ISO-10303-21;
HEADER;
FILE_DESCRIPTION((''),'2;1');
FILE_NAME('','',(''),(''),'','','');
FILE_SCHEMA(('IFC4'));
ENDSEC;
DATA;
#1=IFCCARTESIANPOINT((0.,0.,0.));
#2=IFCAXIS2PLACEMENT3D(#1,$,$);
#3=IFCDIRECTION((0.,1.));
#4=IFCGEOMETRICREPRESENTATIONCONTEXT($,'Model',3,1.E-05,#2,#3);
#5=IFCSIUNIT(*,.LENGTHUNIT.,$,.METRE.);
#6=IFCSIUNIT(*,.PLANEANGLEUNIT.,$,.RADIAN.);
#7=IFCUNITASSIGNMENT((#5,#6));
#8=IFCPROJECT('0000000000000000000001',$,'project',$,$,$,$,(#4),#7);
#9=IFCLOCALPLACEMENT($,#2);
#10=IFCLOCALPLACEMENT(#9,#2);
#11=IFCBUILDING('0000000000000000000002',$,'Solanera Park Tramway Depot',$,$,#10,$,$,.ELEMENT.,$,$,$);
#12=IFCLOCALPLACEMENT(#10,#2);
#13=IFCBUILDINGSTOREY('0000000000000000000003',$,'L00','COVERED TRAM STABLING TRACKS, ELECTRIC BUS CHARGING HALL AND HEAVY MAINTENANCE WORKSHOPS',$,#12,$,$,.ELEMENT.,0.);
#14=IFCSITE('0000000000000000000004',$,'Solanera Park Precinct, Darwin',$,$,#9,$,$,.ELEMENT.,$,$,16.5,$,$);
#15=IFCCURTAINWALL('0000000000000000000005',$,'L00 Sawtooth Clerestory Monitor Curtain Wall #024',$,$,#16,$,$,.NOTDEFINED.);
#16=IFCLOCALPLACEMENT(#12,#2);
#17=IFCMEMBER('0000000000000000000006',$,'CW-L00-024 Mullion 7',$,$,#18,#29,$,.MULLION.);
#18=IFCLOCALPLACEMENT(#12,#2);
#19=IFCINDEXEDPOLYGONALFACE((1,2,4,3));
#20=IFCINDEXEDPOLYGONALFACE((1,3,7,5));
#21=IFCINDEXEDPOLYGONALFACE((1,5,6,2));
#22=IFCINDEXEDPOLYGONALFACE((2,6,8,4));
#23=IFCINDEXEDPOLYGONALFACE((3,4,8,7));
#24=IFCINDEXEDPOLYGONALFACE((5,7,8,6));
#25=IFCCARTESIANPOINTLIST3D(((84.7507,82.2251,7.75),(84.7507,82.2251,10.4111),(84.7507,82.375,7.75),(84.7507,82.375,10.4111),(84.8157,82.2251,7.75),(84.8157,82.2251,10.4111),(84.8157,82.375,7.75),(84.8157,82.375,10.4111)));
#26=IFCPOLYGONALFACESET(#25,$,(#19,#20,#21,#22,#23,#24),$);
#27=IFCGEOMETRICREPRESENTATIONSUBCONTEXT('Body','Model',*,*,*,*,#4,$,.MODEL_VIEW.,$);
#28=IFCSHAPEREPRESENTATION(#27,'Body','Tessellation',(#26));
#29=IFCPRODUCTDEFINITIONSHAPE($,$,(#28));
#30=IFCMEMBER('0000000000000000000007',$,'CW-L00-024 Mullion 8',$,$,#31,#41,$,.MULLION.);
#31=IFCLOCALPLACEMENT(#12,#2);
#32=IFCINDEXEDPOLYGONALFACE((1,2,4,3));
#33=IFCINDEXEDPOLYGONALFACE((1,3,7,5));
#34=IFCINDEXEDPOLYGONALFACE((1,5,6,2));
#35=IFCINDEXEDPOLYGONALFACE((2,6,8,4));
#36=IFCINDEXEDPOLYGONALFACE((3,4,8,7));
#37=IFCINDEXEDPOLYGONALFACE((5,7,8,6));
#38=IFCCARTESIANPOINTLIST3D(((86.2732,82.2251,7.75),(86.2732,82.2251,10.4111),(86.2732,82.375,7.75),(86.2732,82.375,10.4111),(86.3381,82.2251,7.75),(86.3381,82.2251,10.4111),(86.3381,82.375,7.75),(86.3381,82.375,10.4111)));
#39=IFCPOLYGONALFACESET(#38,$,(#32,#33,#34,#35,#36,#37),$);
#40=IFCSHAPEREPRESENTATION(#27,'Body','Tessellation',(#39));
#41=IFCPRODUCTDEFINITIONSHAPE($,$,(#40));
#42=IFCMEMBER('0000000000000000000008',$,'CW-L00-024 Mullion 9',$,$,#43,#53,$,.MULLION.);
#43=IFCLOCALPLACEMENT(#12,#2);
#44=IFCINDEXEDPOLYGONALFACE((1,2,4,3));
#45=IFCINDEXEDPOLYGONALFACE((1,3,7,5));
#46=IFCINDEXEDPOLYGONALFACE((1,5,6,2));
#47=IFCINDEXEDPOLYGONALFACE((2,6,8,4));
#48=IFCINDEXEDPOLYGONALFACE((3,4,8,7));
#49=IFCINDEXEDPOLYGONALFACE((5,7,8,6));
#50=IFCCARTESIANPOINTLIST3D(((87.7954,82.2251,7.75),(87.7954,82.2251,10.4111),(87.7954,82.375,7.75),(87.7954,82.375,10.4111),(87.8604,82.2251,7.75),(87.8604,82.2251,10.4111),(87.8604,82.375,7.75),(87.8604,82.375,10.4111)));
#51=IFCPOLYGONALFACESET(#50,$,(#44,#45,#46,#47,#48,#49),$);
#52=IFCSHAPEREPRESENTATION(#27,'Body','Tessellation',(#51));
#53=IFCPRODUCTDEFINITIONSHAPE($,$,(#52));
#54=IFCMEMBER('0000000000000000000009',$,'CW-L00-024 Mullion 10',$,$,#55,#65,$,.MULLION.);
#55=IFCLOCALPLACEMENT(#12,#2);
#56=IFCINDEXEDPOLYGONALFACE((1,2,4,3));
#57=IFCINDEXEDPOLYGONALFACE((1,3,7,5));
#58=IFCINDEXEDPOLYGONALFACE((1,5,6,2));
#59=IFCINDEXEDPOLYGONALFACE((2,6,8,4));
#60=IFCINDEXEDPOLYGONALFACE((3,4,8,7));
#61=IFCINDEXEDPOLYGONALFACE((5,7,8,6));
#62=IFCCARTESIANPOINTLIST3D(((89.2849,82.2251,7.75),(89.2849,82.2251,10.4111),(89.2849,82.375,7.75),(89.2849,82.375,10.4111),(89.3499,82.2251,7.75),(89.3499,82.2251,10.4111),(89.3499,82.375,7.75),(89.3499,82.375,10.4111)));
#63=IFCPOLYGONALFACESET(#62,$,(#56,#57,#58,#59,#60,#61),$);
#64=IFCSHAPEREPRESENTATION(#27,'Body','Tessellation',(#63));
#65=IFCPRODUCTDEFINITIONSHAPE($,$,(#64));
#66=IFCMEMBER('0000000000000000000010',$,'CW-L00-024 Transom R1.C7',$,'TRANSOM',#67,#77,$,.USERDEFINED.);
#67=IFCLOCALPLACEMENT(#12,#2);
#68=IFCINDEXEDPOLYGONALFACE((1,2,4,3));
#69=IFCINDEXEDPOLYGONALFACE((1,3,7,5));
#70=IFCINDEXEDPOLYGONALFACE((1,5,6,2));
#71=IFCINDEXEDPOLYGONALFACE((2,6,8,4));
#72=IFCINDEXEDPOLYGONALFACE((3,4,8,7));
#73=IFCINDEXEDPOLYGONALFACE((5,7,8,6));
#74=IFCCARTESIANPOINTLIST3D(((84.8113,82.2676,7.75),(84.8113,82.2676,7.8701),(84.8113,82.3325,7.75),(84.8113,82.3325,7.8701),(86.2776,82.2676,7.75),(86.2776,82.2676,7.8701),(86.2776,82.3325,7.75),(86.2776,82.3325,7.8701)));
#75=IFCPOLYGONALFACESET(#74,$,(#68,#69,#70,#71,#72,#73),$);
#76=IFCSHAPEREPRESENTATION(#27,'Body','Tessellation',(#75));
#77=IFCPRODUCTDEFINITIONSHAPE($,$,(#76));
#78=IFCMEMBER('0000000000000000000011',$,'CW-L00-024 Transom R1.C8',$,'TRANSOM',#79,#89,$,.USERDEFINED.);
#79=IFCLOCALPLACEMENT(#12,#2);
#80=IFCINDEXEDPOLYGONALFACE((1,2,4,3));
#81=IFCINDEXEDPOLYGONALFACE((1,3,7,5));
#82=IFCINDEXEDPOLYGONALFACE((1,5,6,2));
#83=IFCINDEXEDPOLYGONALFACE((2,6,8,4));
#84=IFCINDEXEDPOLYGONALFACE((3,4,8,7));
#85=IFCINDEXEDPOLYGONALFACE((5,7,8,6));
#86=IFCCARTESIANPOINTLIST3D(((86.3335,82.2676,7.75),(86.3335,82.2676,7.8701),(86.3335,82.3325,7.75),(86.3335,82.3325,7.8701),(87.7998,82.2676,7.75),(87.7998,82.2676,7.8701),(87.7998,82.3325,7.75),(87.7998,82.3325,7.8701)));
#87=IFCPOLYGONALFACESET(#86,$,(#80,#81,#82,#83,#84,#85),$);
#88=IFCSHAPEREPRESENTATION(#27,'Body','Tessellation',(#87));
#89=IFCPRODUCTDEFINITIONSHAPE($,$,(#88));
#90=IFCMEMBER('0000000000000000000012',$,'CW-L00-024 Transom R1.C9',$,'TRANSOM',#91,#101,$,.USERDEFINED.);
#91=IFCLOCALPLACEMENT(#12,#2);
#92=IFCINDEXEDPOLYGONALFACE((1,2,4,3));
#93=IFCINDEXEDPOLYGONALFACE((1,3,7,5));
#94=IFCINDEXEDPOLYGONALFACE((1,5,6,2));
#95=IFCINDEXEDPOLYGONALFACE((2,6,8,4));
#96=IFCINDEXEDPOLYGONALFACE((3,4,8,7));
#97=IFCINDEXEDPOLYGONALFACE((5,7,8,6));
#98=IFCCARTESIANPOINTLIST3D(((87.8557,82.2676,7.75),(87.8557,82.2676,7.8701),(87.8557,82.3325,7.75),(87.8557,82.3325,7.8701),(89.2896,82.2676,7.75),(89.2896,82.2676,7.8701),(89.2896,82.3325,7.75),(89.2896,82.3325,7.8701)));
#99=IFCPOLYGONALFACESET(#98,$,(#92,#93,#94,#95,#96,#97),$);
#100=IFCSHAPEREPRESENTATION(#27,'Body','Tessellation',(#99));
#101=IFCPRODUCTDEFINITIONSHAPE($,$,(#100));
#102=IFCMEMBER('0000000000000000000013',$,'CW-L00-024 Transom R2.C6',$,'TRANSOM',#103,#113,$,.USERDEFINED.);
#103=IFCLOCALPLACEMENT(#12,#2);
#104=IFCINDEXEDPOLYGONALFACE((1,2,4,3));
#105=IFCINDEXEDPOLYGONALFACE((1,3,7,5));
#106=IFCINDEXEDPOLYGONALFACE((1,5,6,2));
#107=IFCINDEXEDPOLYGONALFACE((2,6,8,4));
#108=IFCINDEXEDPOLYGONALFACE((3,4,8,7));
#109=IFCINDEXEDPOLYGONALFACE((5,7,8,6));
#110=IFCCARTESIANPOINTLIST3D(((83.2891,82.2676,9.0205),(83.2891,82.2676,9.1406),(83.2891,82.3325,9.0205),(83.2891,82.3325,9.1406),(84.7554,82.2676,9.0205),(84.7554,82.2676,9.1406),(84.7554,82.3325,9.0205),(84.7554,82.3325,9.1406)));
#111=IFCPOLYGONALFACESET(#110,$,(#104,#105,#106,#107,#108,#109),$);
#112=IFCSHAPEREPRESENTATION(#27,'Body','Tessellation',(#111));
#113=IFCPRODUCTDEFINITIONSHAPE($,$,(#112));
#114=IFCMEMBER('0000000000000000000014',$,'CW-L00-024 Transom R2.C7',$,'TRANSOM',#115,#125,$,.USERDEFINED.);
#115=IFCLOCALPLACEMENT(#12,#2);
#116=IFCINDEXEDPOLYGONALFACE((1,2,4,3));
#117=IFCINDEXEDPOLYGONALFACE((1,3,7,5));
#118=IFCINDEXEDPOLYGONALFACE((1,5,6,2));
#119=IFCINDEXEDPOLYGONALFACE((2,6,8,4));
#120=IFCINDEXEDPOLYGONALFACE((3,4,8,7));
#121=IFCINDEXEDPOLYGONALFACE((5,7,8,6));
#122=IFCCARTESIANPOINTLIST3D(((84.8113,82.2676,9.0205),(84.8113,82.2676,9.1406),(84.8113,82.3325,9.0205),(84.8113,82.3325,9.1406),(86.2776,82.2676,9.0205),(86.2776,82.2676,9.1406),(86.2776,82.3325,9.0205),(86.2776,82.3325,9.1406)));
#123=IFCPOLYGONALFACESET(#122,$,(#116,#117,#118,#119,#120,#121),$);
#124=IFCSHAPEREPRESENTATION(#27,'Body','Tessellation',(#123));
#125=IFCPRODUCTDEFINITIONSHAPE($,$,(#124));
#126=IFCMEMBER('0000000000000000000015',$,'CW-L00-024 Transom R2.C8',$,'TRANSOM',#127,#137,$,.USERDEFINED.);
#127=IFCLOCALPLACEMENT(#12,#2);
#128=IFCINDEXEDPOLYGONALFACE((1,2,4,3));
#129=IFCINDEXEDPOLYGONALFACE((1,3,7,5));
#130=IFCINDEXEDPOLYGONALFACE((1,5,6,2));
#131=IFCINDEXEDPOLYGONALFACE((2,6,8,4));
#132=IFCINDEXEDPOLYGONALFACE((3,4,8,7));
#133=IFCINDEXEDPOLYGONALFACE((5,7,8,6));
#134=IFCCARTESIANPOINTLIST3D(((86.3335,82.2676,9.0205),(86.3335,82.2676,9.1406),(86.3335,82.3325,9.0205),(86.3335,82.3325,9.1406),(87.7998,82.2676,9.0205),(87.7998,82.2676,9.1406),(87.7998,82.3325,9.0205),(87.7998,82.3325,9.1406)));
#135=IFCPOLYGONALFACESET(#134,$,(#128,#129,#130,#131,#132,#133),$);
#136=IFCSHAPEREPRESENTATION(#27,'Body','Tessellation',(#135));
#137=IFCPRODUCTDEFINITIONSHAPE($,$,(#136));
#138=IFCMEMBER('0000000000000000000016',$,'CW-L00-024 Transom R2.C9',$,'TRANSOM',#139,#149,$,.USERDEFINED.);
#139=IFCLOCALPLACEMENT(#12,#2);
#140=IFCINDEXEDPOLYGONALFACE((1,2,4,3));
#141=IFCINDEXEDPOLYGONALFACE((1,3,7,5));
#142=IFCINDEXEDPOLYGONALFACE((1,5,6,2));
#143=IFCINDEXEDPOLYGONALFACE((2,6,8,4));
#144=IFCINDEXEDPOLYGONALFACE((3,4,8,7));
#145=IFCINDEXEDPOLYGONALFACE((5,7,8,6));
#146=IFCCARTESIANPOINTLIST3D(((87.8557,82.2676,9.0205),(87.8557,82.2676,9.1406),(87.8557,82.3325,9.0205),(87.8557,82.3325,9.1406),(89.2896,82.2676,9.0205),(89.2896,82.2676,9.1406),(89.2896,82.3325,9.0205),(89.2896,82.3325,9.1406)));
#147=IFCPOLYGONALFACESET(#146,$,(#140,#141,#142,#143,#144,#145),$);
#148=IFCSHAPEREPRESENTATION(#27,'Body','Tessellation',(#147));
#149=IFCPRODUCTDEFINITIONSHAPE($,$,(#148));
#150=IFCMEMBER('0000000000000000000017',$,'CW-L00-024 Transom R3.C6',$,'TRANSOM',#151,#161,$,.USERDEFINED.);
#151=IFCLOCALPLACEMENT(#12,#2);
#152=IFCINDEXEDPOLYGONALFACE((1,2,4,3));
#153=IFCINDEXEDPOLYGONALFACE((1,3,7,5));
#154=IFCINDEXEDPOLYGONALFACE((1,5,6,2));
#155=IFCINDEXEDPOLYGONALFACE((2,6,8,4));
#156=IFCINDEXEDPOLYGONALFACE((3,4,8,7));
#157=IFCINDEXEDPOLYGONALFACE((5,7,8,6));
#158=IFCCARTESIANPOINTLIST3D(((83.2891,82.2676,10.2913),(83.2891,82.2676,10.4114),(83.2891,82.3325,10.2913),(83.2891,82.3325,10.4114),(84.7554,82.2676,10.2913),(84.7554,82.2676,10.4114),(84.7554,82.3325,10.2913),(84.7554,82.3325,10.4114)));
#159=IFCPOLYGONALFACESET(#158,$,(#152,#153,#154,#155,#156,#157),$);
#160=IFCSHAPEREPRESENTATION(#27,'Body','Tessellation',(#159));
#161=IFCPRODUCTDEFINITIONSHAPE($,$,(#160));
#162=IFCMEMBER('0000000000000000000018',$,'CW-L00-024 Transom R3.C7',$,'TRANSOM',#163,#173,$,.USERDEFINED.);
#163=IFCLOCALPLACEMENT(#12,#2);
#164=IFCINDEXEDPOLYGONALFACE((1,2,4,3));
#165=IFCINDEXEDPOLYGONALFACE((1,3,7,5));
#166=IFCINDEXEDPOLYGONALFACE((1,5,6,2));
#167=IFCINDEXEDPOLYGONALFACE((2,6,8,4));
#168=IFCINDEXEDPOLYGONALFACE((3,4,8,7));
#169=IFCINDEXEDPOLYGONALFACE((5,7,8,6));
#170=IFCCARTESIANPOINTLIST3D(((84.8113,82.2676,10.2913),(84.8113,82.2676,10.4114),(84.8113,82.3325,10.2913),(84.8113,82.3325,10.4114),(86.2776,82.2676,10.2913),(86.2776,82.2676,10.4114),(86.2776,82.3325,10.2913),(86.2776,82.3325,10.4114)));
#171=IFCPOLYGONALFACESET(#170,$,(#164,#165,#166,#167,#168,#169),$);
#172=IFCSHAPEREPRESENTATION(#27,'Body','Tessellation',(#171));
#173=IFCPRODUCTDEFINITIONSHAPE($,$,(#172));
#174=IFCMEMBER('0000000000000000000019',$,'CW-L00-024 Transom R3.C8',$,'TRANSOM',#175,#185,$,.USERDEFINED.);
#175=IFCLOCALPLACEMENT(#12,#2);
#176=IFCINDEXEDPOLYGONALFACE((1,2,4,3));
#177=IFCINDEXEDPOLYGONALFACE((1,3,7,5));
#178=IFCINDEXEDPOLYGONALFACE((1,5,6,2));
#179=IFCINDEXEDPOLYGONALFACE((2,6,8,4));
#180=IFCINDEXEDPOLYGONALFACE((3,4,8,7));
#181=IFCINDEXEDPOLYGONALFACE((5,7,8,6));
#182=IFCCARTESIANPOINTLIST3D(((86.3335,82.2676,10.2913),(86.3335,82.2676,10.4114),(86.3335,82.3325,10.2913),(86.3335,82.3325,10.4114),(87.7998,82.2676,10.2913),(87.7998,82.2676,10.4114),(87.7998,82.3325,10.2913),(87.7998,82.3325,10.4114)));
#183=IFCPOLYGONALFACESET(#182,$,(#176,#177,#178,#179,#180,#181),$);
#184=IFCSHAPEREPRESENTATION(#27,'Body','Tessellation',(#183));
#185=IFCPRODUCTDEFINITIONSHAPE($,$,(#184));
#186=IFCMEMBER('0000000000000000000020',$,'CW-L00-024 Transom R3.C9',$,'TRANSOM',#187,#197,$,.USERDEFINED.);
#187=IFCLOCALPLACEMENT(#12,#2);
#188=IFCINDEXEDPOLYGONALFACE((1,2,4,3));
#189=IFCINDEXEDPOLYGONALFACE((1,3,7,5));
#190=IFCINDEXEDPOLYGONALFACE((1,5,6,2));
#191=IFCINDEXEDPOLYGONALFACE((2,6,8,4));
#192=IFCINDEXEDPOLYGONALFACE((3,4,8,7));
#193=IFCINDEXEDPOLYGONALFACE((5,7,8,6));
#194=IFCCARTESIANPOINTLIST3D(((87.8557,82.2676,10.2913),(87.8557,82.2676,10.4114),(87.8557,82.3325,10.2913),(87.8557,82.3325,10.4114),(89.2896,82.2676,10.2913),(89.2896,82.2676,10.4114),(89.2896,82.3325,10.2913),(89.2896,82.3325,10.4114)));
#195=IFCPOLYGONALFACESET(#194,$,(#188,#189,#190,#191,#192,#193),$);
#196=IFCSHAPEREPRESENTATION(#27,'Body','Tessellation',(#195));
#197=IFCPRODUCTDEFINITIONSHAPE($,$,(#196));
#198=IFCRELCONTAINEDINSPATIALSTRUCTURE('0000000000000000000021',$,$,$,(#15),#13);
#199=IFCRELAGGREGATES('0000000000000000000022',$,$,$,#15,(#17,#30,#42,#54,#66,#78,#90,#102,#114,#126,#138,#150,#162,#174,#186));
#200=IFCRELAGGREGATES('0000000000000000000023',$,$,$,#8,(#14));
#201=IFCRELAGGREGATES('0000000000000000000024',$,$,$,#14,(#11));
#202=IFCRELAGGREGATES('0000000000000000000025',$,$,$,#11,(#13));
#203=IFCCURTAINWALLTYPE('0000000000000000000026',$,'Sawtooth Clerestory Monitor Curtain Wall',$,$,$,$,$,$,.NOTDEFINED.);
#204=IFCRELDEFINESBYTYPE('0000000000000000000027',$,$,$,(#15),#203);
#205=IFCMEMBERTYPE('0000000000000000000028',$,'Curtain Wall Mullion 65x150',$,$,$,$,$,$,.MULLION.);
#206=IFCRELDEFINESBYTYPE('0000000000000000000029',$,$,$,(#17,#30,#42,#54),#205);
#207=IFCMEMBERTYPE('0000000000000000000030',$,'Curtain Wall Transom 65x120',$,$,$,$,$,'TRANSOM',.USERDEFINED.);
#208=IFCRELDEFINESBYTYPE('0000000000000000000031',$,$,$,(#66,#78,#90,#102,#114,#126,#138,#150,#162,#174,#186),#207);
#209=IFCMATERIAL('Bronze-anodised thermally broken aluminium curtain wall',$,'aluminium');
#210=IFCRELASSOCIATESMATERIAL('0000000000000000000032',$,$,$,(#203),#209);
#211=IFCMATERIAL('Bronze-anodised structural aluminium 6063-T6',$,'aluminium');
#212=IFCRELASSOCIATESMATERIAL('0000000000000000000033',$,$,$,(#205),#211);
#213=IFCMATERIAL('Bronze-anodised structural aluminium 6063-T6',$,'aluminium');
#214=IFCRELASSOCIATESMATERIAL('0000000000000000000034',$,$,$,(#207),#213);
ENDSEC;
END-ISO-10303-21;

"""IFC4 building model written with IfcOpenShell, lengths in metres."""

from ifc_helpers import new_model, si_unit, direction, frame, origin, origin_2d, place, context, subcontext, project, spatial, rectangle, extrude, material, material_profile, profile_set, type_object, element, aggregate, save


model = new_model("IFC4")

# Units and contexts
model_context = context("Model", 3, precision=1e-05, world=origin(), true_north=direction((0.0, 1.0)))
body_context = subcontext(model_context, "Body", "Model", "MODEL_VIEW")
ifc_project = project(units=[si_unit("LENGTHUNIT", "METRE"), si_unit("PLANEANGLEUNIT", "RADIAN")], contexts=[model_context])

# Site, building, storey
site_placement = place(None, origin())
site = spatial("IfcSite", under=ifc_project, at=site_placement, Name="Solanera Park Precinct, Darwin", CompositionType="ELEMENT", RefElevation=16.5)
building_placement = place(site_placement, origin())
building = spatial("IfcBuilding", under=site, at=building_placement, Name="Solanera Park Tramway Depot", CompositionType="ELEMENT")
storey_placement = place(building_placement, origin())
storey = spatial("IfcBuildingStorey", under=building, at=storey_placement, Name="L00", Description="COVERED TRAM STABLING TRACKS, ELECTRIC BUS CHARGING HALL AND HEAVY MAINTENANCE WORKSHOPS", CompositionType="ELEMENT", Elevation=0.0)

# Curtain wall, members
ifc_material_1 = material(Name="Bronze-anodised thermally broken aluminium curtain wall", Category="aluminium")
curtain_wall_type = type_object("IfcCurtainWallType", Name="Sawtooth Clerestory Monitor Curtain Wall", PredefinedType="NOTDEFINED", material=ifc_material_1)
curtain_wall_placement = place(storey_placement, origin())
curtain_wall = element("IfcCurtainWall", 1, at=curtain_wall_placement, inside=storey, type_object=curtain_wall_type, Name="L00 Sawtooth Clerestory Monitor Curtain Wall #024", PredefinedType="NOTDEFINED")
ifc_material_2 = material(Name="Bronze-anodised structural aluminium 6063-T6", Category="aluminium")
ifc_material_profile_1 = material_profile(ifc_material_2, rectangle(XDim=0.0649, YDim=0.1499, at=origin_2d()), Name="Curtain Wall Mullion 65x150")
ifc_profile_set_1 = profile_set([ifc_material_profile_1], Name="Bronze-anodised structural aluminium 6063-T6")
member_type_1 = type_object("IfcMemberType", Name="Curtain Wall Mullion 65x150", PredefinedType="MULLION", material=ifc_profile_set_1)
member_1_placement = place(storey_placement, frame((84.7832, 82.3, 7.75), z_axis=(0.0, 0.0, 1.0), x_axis=(1.0, 0.0, 0.0)))
member_1 = element("IfcMember", 2, at=member_1_placement, type_object=member_type_1, Name="CW-L00-024 Mullion 7", PredefinedType="MULLION", context=body_context, shape_type="SweptSolid", body=[
    extrude(rectangle(XDim=0.0649, YDim=0.1499, at=origin_2d()), origin(), (0.0, 0.0, 1.0), 2.6611),
])
member_2_placement = place(storey_placement, frame((86.3057, 82.3, 7.75), z_axis=(0.0, 0.0, 1.0), x_axis=(1.0, 0.0, 0.0)))
member_2 = element("IfcMember", 3, at=member_2_placement, type_object=member_type_1, Name="CW-L00-024 Mullion 8", PredefinedType="MULLION", context=body_context, shape_type="SweptSolid", body=[
    extrude(rectangle(XDim=0.0649, YDim=0.1499, at=origin_2d()), origin(), (0.0, 0.0, 1.0), 2.6611),
])
member_3_placement = place(storey_placement, frame((87.8279, 82.3, 7.75), z_axis=(0.0, 0.0, 1.0), x_axis=(1.0, 0.0, 0.0)))
member_3 = element("IfcMember", 4, at=member_3_placement, type_object=member_type_1, Name="CW-L00-024 Mullion 9", PredefinedType="MULLION", context=body_context, shape_type="SweptSolid", body=[
    extrude(rectangle(XDim=0.0649, YDim=0.1499, at=origin_2d()), origin(), (0.0, 0.0, 1.0), 2.6611),
])
member_4_placement = place(storey_placement, frame((89.3174, 82.3, 7.75), z_axis=(0.0, 0.0, 1.0), x_axis=(1.0, 0.0, 0.0)))
member_4 = element("IfcMember", 5, at=member_4_placement, type_object=member_type_1, Name="CW-L00-024 Mullion 10", PredefinedType="MULLION", context=body_context, shape_type="SweptSolid", body=[
    extrude(rectangle(XDim=0.0649, YDim=0.1499, at=origin_2d()), origin(), (0.0, 0.0, 1.0), 2.6611),
])
ifc_material_3 = material(Name="Bronze-anodised structural aluminium 6063-T6", Category="aluminium")
ifc_material_profile_2 = material_profile(ifc_material_3, rectangle(XDim=0.0649, YDim=0.1201, at=origin_2d()), Name="Curtain Wall Transom 65x120")
ifc_profile_set_2 = profile_set([ifc_material_profile_2], Name="Bronze-anodised structural aluminium 6063-T6")
member_type_2 = type_object("IfcMemberType", Name="Curtain Wall Transom 65x120", ElementType="TRANSOM", PredefinedType="USERDEFINED", material=ifc_profile_set_2)
member_5_placement = place(storey_placement, frame((84.8113, 82.3, 7.8101), z_axis=(1.0, 0.0, 0.0), x_axis=(0.0, 1.0, 0.0)))
member_5 = element("IfcMember", 6, at=member_5_placement, type_object=member_type_2, Name="CW-L00-024 Transom R1.C7", ObjectType="TRANSOM", PredefinedType="USERDEFINED", context=body_context, shape_type="SweptSolid", body=[
    extrude(rectangle(XDim=0.0649, YDim=0.1201, at=origin_2d()), origin(), (0.0, 0.0, 1.0), 1.4663),
])
member_6_placement = place(storey_placement, frame((86.3335, 82.3, 7.8101), z_axis=(1.0, 0.0, 0.0), x_axis=(0.0, 1.0, 0.0)))
member_6 = element("IfcMember", 7, at=member_6_placement, type_object=member_type_2, Name="CW-L00-024 Transom R1.C8", ObjectType="TRANSOM", PredefinedType="USERDEFINED", context=body_context, shape_type="SweptSolid", body=[
    extrude(rectangle(XDim=0.0649, YDim=0.1201, at=origin_2d()), origin(), (0.0, 0.0, 1.0), 1.4663),
])
member_7_placement = place(storey_placement, frame((87.8557, 82.3, 7.8101), z_axis=(1.0, 0.0, 0.0), x_axis=(0.0, 1.0, 0.0)))
member_7 = element("IfcMember", 8, at=member_7_placement, type_object=member_type_2, Name="CW-L00-024 Transom R1.C9", ObjectType="TRANSOM", PredefinedType="USERDEFINED", context=body_context, shape_type="SweptSolid", body=[
    extrude(rectangle(XDim=0.0649, YDim=0.1201, at=origin_2d()), origin(), (0.0, 0.0, 1.0), 1.4338),
])
member_8_placement = place(storey_placement, frame((83.2891, 82.3, 9.0806), z_axis=(1.0, 0.0, 0.0), x_axis=(0.0, 1.0, 0.0)))
member_8 = element("IfcMember", 9, at=member_8_placement, type_object=member_type_2, Name="CW-L00-024 Transom R2.C6", ObjectType="TRANSOM", PredefinedType="USERDEFINED", context=body_context, shape_type="SweptSolid", body=[
    extrude(rectangle(XDim=0.0649, YDim=0.1201, at=origin_2d()), origin(), (0.0, 0.0, 1.0), 1.4663),
])
member_9_placement = place(storey_placement, frame((84.8113, 82.3, 9.0806), z_axis=(1.0, 0.0, 0.0), x_axis=(0.0, 1.0, 0.0)))
member_9 = element("IfcMember", 10, at=member_9_placement, type_object=member_type_2, Name="CW-L00-024 Transom R2.C7", ObjectType="TRANSOM", PredefinedType="USERDEFINED", context=body_context, shape_type="SweptSolid", body=[
    extrude(rectangle(XDim=0.0649, YDim=0.1201, at=origin_2d()), origin(), (0.0, 0.0, 1.0), 1.4663),
])
member_10_placement = place(storey_placement, frame((86.3335, 82.3, 9.0806), z_axis=(1.0, 0.0, 0.0), x_axis=(0.0, 1.0, 0.0)))
member_10 = element("IfcMember", 11, at=member_10_placement, type_object=member_type_2, Name="CW-L00-024 Transom R2.C8", ObjectType="TRANSOM", PredefinedType="USERDEFINED", context=body_context, shape_type="SweptSolid", body=[
    extrude(rectangle(XDim=0.0649, YDim=0.1201, at=origin_2d()), origin(), (0.0, 0.0, 1.0), 1.4663),
])
member_11_placement = place(storey_placement, frame((87.8557, 82.3, 9.0806), z_axis=(1.0, 0.0, 0.0), x_axis=(0.0, 1.0, 0.0)))
member_11 = element("IfcMember", 12, at=member_11_placement, type_object=member_type_2, Name="CW-L00-024 Transom R2.C9", ObjectType="TRANSOM", PredefinedType="USERDEFINED", context=body_context, shape_type="SweptSolid", body=[
    extrude(rectangle(XDim=0.0649, YDim=0.1201, at=origin_2d()), origin(), (0.0, 0.0, 1.0), 1.4338),
])
member_12_placement = place(storey_placement, frame((83.2891, 82.3, 10.3513), z_axis=(1.0, 0.0, 0.0), x_axis=(0.0, 1.0, 0.0)))
member_12 = element("IfcMember", 13, at=member_12_placement, type_object=member_type_2, Name="CW-L00-024 Transom R3.C6", ObjectType="TRANSOM", PredefinedType="USERDEFINED", context=body_context, shape_type="SweptSolid", body=[
    extrude(rectangle(XDim=0.0649, YDim=0.1201, at=origin_2d()), origin(), (0.0, 0.0, 1.0), 1.4663),
])
member_13_placement = place(storey_placement, frame((84.8113, 82.3, 10.3513), z_axis=(1.0, 0.0, 0.0), x_axis=(0.0, 1.0, 0.0)))
member_13 = element("IfcMember", 14, at=member_13_placement, type_object=member_type_2, Name="CW-L00-024 Transom R3.C7", ObjectType="TRANSOM", PredefinedType="USERDEFINED", context=body_context, shape_type="SweptSolid", body=[
    extrude(rectangle(XDim=0.0649, YDim=0.1201, at=origin_2d()), origin(), (0.0, 0.0, 1.0), 1.4663),
])
member_14_placement = place(storey_placement, frame((86.3335, 82.3, 10.3513), z_axis=(1.0, 0.0, 0.0), x_axis=(0.0, 1.0, 0.0)))
member_14 = element("IfcMember", 15, at=member_14_placement, type_object=member_type_2, Name="CW-L00-024 Transom R3.C8", ObjectType="TRANSOM", PredefinedType="USERDEFINED", context=body_context, shape_type="SweptSolid", body=[
    extrude(rectangle(XDim=0.0649, YDim=0.1201, at=origin_2d()), origin(), (0.0, 0.0, 1.0), 1.4663),
])
member_15_placement = place(storey_placement, frame((87.8557, 82.3, 10.3513), z_axis=(1.0, 0.0, 0.0), x_axis=(0.0, 1.0, 0.0)))
member_15 = element("IfcMember", 16, at=member_15_placement, type_object=member_type_2, Name="CW-L00-024 Transom R3.C9", ObjectType="TRANSOM", PredefinedType="USERDEFINED", context=body_context, shape_type="SweptSolid", body=[
    extrude(rectangle(XDim=0.0649, YDim=0.1201, at=origin_2d()), origin(), (0.0, 0.0, 1.0), 1.4338),
])

aggregate(curtain_wall, [member_1, member_2, member_3, member_4, member_5, member_6, member_7, member_8, member_9, member_10, member_11, member_12, member_13, member_14, member_15])

save(model, "model.ifc")
